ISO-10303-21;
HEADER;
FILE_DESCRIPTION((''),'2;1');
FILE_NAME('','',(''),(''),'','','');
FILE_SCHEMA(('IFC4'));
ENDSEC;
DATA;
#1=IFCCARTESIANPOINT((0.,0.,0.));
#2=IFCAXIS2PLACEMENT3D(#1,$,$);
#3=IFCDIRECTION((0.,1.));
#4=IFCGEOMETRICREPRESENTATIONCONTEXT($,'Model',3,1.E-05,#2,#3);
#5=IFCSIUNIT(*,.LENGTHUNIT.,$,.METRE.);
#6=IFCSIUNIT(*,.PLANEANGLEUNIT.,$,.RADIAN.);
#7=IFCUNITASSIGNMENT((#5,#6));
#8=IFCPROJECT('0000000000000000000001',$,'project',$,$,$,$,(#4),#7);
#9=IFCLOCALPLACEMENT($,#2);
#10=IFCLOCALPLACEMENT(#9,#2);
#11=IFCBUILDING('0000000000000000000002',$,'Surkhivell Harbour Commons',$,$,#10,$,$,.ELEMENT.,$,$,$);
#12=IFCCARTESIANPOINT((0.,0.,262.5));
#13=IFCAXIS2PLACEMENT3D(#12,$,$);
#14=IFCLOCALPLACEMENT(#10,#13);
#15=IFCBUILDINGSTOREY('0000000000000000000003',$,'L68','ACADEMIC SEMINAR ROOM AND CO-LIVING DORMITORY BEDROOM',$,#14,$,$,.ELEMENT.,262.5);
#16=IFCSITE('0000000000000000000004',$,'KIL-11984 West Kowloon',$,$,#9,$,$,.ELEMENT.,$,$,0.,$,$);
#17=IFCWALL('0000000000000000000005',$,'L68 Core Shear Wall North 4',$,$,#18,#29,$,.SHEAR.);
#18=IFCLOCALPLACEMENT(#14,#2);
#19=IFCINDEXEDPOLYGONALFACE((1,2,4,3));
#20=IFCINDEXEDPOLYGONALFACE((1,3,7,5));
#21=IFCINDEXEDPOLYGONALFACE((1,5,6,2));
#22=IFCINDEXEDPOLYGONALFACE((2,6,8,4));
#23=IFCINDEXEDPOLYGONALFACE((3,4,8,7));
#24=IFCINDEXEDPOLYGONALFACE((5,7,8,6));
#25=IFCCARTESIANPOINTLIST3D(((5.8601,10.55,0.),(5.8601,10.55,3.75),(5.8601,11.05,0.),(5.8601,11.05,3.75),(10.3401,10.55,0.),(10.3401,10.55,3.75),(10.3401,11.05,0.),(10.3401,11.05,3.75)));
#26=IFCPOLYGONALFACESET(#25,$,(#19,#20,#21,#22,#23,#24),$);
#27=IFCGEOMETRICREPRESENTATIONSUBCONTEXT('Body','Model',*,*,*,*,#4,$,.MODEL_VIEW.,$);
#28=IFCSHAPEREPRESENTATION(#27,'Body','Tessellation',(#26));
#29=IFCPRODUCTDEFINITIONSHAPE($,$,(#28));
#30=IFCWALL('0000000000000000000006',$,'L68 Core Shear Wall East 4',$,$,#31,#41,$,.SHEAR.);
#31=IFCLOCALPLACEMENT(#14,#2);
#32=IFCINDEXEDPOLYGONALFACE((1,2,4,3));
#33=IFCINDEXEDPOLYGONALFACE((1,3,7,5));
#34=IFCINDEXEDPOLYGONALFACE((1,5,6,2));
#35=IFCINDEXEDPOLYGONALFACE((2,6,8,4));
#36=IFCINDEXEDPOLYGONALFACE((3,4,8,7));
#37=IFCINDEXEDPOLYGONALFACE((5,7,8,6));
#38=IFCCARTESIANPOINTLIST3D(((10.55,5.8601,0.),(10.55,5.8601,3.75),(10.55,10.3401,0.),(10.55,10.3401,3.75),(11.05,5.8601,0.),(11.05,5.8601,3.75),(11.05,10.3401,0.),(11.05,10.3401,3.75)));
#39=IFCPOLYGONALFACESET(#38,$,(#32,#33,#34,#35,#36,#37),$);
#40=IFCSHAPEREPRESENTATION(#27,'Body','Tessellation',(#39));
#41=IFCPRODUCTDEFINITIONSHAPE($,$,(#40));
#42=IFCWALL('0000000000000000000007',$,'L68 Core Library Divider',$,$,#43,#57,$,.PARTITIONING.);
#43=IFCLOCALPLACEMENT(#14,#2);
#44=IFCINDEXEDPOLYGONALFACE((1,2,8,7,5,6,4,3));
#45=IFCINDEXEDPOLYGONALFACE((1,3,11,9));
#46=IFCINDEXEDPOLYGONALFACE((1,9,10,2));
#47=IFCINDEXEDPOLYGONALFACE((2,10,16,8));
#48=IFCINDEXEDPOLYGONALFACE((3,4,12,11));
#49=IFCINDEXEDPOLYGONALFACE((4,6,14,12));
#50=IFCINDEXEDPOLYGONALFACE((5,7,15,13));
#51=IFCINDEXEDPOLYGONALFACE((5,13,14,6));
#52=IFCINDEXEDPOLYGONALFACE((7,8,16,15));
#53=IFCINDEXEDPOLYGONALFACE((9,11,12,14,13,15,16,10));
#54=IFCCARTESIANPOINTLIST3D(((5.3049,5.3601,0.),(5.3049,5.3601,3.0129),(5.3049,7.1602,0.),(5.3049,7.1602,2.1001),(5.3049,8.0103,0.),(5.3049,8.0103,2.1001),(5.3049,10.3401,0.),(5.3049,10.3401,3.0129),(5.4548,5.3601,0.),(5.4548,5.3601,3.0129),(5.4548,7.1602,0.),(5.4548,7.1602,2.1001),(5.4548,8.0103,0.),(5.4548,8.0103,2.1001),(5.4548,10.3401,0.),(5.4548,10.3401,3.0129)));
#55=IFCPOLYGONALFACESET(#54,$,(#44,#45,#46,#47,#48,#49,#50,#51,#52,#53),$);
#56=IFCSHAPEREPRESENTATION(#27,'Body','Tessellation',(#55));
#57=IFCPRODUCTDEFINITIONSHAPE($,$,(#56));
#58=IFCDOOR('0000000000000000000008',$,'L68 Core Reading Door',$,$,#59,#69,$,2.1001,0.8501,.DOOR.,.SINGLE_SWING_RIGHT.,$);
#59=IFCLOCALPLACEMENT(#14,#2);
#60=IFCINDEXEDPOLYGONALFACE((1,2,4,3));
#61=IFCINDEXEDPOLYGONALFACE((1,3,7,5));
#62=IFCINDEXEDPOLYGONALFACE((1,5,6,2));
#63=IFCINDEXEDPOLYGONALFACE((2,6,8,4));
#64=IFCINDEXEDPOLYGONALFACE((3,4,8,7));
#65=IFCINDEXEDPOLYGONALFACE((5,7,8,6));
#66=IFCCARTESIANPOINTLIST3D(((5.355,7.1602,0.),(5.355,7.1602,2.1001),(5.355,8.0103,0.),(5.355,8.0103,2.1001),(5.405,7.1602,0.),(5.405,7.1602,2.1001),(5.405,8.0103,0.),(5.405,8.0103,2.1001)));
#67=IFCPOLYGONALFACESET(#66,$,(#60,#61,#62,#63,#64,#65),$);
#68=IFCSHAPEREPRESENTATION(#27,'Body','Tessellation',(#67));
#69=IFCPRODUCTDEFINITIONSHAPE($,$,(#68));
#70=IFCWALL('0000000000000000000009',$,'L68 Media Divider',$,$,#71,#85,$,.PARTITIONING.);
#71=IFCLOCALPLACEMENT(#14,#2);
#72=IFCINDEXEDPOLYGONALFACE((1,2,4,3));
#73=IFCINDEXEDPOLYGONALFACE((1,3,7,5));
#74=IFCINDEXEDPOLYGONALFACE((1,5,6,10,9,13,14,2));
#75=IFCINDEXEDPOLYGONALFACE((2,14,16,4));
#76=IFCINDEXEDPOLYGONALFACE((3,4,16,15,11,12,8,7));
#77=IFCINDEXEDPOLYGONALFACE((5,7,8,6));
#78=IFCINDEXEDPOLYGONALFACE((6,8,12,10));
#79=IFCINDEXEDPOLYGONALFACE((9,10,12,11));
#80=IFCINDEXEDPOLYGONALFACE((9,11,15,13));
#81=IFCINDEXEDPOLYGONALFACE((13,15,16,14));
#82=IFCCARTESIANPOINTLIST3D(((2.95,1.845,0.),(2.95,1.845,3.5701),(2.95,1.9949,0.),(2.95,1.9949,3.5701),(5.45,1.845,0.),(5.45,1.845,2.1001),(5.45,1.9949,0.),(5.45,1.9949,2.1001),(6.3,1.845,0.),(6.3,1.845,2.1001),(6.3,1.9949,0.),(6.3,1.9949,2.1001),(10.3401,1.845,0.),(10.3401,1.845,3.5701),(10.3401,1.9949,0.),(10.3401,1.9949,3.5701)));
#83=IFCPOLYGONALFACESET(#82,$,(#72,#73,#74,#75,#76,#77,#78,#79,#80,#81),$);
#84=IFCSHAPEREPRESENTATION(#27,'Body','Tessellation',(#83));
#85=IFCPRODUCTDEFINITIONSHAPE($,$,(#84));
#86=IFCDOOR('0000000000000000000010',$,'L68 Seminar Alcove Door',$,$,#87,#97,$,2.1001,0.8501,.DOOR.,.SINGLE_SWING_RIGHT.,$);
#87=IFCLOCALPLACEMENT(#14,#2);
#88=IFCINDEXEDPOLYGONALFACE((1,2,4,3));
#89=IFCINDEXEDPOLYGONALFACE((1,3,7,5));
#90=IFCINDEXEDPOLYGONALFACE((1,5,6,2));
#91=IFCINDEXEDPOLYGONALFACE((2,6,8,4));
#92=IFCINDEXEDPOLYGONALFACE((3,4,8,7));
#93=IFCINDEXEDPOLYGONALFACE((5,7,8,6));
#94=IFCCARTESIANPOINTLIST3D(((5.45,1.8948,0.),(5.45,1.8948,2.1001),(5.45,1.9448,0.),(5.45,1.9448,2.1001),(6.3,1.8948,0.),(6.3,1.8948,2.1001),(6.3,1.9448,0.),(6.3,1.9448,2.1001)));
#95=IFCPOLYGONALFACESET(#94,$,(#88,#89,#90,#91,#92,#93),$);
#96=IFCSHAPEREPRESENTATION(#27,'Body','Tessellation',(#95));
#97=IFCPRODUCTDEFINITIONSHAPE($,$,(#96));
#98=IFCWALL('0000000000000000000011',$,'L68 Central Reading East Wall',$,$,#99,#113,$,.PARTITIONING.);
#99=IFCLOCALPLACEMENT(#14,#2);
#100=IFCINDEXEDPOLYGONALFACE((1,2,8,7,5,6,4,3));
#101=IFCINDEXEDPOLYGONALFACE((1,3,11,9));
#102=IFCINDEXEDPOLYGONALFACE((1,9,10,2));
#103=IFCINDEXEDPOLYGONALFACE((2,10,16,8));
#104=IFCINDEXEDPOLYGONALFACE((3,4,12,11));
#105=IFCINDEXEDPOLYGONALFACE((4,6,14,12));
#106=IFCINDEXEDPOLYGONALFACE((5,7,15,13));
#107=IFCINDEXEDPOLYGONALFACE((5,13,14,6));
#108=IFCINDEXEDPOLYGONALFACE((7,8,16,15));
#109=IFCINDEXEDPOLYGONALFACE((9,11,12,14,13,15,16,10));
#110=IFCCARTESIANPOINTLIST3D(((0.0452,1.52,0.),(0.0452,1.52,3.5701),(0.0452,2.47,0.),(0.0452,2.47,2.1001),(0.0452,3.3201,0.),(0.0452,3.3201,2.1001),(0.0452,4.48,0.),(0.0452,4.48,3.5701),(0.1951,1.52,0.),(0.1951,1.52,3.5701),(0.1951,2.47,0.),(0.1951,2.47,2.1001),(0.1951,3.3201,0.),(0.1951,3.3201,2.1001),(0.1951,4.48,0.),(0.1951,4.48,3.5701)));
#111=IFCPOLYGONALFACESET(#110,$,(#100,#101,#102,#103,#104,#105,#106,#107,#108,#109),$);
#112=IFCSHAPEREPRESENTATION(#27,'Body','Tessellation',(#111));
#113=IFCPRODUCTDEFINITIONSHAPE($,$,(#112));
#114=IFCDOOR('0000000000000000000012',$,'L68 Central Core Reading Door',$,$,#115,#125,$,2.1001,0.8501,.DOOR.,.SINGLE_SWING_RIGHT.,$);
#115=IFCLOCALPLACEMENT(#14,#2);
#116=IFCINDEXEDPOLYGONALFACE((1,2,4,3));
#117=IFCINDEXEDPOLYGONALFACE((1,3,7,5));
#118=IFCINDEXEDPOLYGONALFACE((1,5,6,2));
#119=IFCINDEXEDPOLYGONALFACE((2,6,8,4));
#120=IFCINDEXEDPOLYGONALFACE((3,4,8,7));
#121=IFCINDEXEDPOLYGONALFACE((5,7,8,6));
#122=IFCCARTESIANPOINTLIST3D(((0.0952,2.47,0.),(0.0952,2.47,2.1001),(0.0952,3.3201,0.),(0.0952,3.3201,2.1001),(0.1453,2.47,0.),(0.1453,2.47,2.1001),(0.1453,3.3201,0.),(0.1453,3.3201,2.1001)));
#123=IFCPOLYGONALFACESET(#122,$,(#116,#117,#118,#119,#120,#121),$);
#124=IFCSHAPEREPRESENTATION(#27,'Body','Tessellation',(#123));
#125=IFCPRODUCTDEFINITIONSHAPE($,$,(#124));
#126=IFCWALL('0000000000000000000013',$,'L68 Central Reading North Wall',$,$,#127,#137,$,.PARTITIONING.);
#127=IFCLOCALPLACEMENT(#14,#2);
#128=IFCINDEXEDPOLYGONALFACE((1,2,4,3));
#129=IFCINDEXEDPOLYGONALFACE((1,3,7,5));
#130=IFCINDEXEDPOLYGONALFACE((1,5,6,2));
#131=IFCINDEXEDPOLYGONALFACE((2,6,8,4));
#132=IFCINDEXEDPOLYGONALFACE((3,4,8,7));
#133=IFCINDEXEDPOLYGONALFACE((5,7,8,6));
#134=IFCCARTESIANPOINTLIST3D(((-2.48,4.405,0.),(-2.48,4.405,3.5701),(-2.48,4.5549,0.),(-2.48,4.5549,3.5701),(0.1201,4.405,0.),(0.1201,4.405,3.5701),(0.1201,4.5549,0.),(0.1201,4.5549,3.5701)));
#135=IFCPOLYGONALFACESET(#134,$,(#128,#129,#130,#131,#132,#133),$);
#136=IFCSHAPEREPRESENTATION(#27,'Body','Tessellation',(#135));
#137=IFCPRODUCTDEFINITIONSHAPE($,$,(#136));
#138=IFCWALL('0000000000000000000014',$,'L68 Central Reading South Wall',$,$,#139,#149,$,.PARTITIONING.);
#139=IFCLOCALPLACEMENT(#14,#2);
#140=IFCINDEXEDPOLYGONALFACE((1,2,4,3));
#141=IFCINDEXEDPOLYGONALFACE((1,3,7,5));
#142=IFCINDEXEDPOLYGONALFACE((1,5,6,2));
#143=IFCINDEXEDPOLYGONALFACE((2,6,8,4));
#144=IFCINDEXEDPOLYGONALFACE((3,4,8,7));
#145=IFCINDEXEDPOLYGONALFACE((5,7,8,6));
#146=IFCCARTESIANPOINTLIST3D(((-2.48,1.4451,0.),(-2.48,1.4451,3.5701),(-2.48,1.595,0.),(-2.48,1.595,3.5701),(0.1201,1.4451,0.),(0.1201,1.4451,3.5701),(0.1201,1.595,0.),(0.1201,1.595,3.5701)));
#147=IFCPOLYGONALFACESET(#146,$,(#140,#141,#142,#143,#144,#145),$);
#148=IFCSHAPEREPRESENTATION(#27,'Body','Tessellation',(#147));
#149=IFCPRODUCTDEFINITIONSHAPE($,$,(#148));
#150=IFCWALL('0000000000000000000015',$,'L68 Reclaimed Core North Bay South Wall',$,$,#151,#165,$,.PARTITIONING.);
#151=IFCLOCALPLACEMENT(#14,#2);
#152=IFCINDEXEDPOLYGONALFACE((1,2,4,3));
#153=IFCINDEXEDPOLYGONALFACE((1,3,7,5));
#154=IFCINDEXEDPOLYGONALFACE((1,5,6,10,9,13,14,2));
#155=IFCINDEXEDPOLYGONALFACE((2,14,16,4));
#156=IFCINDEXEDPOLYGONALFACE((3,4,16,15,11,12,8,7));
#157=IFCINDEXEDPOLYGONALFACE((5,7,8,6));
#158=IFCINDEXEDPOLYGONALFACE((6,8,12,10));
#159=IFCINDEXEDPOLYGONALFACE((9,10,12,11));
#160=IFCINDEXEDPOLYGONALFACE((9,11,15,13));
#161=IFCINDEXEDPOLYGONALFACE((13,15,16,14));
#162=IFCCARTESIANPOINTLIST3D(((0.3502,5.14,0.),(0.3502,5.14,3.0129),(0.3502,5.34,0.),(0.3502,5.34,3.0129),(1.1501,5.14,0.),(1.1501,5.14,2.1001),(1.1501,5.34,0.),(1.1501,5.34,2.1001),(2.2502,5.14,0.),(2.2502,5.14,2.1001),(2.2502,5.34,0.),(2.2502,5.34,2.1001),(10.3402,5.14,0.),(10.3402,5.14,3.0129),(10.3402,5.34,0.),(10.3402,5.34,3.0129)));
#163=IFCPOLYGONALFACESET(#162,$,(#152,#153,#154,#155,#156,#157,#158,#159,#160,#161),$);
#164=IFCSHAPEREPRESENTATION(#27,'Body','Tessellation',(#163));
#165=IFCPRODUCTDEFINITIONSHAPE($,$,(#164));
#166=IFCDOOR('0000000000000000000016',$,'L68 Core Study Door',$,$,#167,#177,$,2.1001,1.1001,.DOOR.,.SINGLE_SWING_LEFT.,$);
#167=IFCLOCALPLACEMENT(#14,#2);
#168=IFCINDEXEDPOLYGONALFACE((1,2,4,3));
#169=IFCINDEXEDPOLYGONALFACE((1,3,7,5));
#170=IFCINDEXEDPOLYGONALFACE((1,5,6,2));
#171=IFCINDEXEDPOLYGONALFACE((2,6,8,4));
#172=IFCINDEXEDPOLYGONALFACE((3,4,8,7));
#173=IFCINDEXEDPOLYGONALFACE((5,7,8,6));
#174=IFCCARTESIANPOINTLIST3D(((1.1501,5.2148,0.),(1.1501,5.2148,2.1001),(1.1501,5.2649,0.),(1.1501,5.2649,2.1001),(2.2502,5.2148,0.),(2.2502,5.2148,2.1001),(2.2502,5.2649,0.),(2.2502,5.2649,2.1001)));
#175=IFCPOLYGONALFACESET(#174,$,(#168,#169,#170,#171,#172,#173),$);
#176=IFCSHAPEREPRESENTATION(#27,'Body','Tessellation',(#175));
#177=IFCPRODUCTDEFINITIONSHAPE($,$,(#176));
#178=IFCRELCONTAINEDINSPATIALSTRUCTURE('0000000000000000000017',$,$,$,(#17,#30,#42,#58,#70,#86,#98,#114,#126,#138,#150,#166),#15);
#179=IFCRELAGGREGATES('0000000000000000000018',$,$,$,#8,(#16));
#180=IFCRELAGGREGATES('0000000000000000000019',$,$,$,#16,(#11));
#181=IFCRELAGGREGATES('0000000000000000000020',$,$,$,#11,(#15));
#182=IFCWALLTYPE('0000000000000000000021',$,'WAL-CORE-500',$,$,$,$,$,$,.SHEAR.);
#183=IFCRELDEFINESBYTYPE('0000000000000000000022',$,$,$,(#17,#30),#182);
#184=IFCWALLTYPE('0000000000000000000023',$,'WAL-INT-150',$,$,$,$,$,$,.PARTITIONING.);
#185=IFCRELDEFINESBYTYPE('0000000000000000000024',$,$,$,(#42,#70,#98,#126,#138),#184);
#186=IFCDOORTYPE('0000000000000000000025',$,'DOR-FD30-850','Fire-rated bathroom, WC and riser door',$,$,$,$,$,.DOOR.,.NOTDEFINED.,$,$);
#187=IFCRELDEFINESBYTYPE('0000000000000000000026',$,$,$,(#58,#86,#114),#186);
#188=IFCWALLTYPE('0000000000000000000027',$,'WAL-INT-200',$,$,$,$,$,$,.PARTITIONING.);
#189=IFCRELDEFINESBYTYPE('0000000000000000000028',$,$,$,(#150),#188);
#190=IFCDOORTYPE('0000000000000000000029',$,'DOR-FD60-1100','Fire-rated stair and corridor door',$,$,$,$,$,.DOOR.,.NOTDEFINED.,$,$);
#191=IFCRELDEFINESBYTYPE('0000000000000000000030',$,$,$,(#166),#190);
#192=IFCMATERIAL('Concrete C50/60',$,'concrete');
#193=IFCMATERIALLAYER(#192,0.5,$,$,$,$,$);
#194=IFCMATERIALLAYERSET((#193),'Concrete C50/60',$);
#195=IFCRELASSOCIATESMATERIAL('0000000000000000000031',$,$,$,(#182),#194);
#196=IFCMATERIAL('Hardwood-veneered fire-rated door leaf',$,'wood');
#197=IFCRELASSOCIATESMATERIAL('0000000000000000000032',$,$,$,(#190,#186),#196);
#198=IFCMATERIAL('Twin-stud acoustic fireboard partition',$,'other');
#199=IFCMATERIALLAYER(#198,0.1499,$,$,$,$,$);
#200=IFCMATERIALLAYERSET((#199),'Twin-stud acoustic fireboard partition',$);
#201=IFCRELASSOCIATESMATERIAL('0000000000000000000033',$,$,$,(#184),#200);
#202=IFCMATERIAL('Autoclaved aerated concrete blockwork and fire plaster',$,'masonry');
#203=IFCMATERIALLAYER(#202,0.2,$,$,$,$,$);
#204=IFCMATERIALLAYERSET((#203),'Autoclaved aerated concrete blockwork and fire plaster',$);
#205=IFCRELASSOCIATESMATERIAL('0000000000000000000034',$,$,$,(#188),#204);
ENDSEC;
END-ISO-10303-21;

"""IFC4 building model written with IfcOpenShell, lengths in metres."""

from ifc_helpers import new_model, si_unit, direction, frame, frame_2d, origin, place, context, subcontext, project, spatial, rectangle, extrude, material, layer, layer_set, type_object, element, fill, save


model = new_model("IFC4")

# Units and contexts
model_context = context("Model", 3, precision=1e-05, world=origin(), true_north=direction((0.0, 1.0)))
body_context = subcontext(model_context, "Body", "Model", "MODEL_VIEW")
ifc_project = project(units=[si_unit("LENGTHUNIT", "METRE"), si_unit("PLANEANGLEUNIT", "RADIAN")], contexts=[model_context])

# Site, building, storey
site_placement = place(None, origin())
site = spatial("IfcSite", under=ifc_project, at=site_placement, Name="KIL-11984 West Kowloon", CompositionType="ELEMENT", RefElevation=0.0)
building_placement = place(site_placement, origin())
building = spatial("IfcBuilding", under=site, at=building_placement, Name="Surkhivell Harbour Commons", CompositionType="ELEMENT")
storey_placement = place(building_placement, frame((0.0, 0.0, 262.5)))
storey = spatial("IfcBuildingStorey", under=building, at=storey_placement, Name="L68", Description="ACADEMIC SEMINAR ROOM AND CO-LIVING DORMITORY BEDROOM", CompositionType="ELEMENT", Elevation=262.5)

# Shared definitions
ifc_material_1 = material(Name="Concrete C50/60", Category="concrete")
ifc_layer_1 = layer(ifc_material_1, 0.5)
ifc_layer_set_1 = layer_set([ifc_layer_1], Name="Concrete C50/60")
wall_type_1 = type_object("IfcWallType", Name="WAL-CORE-500", PredefinedType="SHEAR", material=ifc_layer_set_1)
ifc_material_2 = material(Name="Hardwood-veneered fire-rated door leaf", Category="wood")
door_type_1 = type_object("IfcDoorType", Name="DOR-FD60-1100", Description="Fire-rated stair and corridor door", OperationType="NOTDEFINED", PredefinedType="DOOR", material=ifc_material_2)

# Walls
for number, where, z_axis, x_axis, name in (
    (1, (5.8601, 10.8, 0.0), (0.0, 0.0, 1.0), (1.0, 0.0, 0.0), "L68 Core Shear Wall North 4"),
    (2, (10.8, 5.8601, 0.0), (0.0, 0.0, 1.0), (0.0, 1.0, 0.0), "L68 Core Shear Wall East 4"),
):
    element("IfcWall", number, at=place(storey_placement, frame(where, z_axis=z_axis, x_axis=x_axis)), inside=storey, type_object=wall_type_1, Name=name, PredefinedType="SHEAR", context=body_context, shape_type="SweptSolid", body=[
        extrude(rectangle(XDim=4.48, YDim=0.5, at=frame_2d((2.24, 0.0))), origin(), (0.0, 0.0, 1.0), 3.75),
    ])

# Walls, openings, doors
ifc_material_3 = material(Name="Twin-stud acoustic fireboard partition", Category="other")
ifc_layer_2 = layer(ifc_material_3, 0.1499)
ifc_layer_set_2 = layer_set([ifc_layer_2], Name="Twin-stud acoustic fireboard partition")
wall_type_2 = type_object("IfcWallType", Name="WAL-INT-150", PredefinedType="PARTITIONING", material=ifc_layer_set_2)
wall_1_placement = place(storey_placement, frame((5.3799, 5.3601, 0.0), z_axis=(0.0, 0.0, 1.0), x_axis=(0.0, 1.0, 0.0)))
wall_1 = element("IfcWall", 3, at=wall_1_placement, inside=storey, type_object=wall_type_2, Name="L68 Core Library Divider", PredefinedType="PARTITIONING", context=body_context, shape_type="SweptSolid", body=[
    extrude(rectangle(XDim=4.98, YDim=0.1499, at=frame_2d((2.49, 0.0))), origin(), (0.0, 0.0, 1.0), 3.0129),
])
opening_1_placement = place(wall_1_placement, frame((1.8, 0.0, 0.0)))
opening_1 = element("IfcOpeningElement", 4, at=opening_1_placement, cuts=wall_1, PredefinedType="OPENING", context=body_context, shape_type="SweptSolid", body=[
    extrude(rectangle(XDim=0.8501, YDim=2.1001, at=frame_2d((0.425, 1.05))), frame((0.0, 0.085, 0.0), z_axis=(0.0, -1.0, 0.0), x_axis=(1.0, 0.0, 0.0)), (0.0, 0.0, 1.0), 0.1699),
])
door_type_2 = type_object("IfcDoorType", Name="DOR-FD30-850", Description="Fire-rated bathroom, WC and riser door", OperationType="NOTDEFINED", PredefinedType="DOOR", material=ifc_material_2)
door_1_placement = place(opening_1_placement, origin())
door_1 = element("IfcDoor", 5, at=door_1_placement, inside=storey, type_object=door_type_2, Name="L68 Core Reading Door", OperationType="SINGLE_SWING_RIGHT", OverallHeight=2.1001, OverallWidth=0.8501, PredefinedType="DOOR", context=body_context, shape_type="SweptSolid", body=[
    extrude(rectangle(XDim=0.8501, YDim=2.1001, at=frame_2d((0.425, 1.05))), frame((0.0, 0.0249, 0.0), z_axis=(0.0, -1.0, 0.0), x_axis=(1.0, 0.0, 0.0)), (0.0, 0.0, 1.0), 0.05),
])
fill(opening_1, door_1)
wall_2_placement = place(storey_placement, frame((2.95, 1.9199, 0.0), z_axis=(0.0, 0.0, 1.0), x_axis=(1.0, 0.0, 0.0)))
wall_2 = element("IfcWall", 6, at=wall_2_placement, inside=storey, type_object=wall_type_2, Name="L68 Media Divider", PredefinedType="PARTITIONING", context=body_context, shape_type="SweptSolid", body=[
    extrude(rectangle(XDim=7.3901, YDim=0.1499, at=frame_2d((3.6951, 0.0))), origin(), (0.0, 0.0, 1.0), 3.5701),
])
opening_2_placement = place(wall_2_placement, frame((2.5, 0.0, 0.0)))
opening_2 = element("IfcOpeningElement", 7, at=opening_2_placement, cuts=wall_2, PredefinedType="OPENING", context=body_context, shape_type="SweptSolid", body=[
    extrude(rectangle(XDim=0.8501, YDim=2.1001, at=frame_2d((0.425, 1.05))), frame((0.0, 0.085, 0.0), z_axis=(0.0, -1.0, 0.0), x_axis=(1.0, 0.0, 0.0)), (0.0, 0.0, 1.0), 0.1699),
])
door_2_placement = place(opening_2_placement, origin())
door_2 = element("IfcDoor", 8, at=door_2_placement, inside=storey, type_object=door_type_2, Name="L68 Seminar Alcove Door", OperationType="SINGLE_SWING_RIGHT", OverallHeight=2.1001, OverallWidth=0.8501, PredefinedType="DOOR", context=body_context, shape_type="SweptSolid", body=[
    extrude(rectangle(XDim=0.8501, YDim=2.1001, at=frame_2d((0.425, 1.05))), frame((0.0, 0.0249, 0.0), z_axis=(0.0, -1.0, 0.0), x_axis=(1.0, 0.0, 0.0)), (0.0, 0.0, 1.0), 0.05),
])
fill(opening_2, door_2)
wall_3_placement = place(storey_placement, frame((0.1201, 1.52, 0.0), z_axis=(0.0, 0.0, 1.0), x_axis=(0.0, 1.0, 0.0)))
wall_3 = element("IfcWall", 9, at=wall_3_placement, inside=storey, type_object=wall_type_2, Name="L68 Central Reading East Wall", PredefinedType="PARTITIONING", context=body_context, shape_type="SweptSolid", body=[
    extrude(rectangle(XDim=2.96, YDim=0.1499, at=frame_2d((1.48, 0.0))), origin(), (0.0, 0.0, 1.0), 3.5701),
])
opening_3_placement = place(wall_3_placement, frame((0.95, 0.0, 0.0)))
opening_3 = element("IfcOpeningElement", 10, at=opening_3_placement, cuts=wall_3, PredefinedType="OPENING", context=body_context, shape_type="SweptSolid", body=[
    extrude(rectangle(XDim=0.8501, YDim=2.1001, at=frame_2d((0.425, 1.05))), frame((0.0, 0.085, 0.0), z_axis=(0.0, -1.0, 0.0), x_axis=(1.0, 0.0, 0.0)), (0.0, 0.0, 1.0), 0.1699),
])
door_3_placement = place(opening_3_placement, origin())
door_3 = element("IfcDoor", 11, at=door_3_placement, inside=storey, type_object=door_type_2, Name="L68 Central Core Reading Door", OperationType="SINGLE_SWING_RIGHT", OverallHeight=2.1001, OverallWidth=0.8501, PredefinedType="DOOR", context=body_context, shape_type="SweptSolid", body=[
    extrude(rectangle(XDim=0.8501, YDim=2.1001, at=frame_2d((0.425, 1.05))), frame((0.0, 0.0249, 0.0), z_axis=(0.0, -1.0, 0.0), x_axis=(1.0, 0.0, 0.0)), (0.0, 0.0, 1.0), 0.05),
])
fill(opening_3, door_3)

# Walls
for number, where, z_axis, x_axis, name in (
    (12, (-2.48, 4.48, 0.0), (0.0, 0.0, 1.0), (1.0, 0.0, 0.0), "L68 Central Reading North Wall"),
    (13, (-2.48, 1.52, 0.0), (0.0, 0.0, 1.0), (1.0, 0.0, 0.0), "L68 Central Reading South Wall"),
):
    element("IfcWall", number, at=place(storey_placement, frame(where, z_axis=z_axis, x_axis=x_axis)), inside=storey, type_object=wall_type_2, Name=name, PredefinedType="PARTITIONING", context=body_context, shape_type="SweptSolid", body=[
        extrude(rectangle(XDim=2.6001, YDim=0.1499, at=frame_2d((1.3, 0.0))), origin(), (0.0, 0.0, 1.0), 3.5701),
    ])

# Wall, opening, door
ifc_material_4 = material(Name="Autoclaved aerated concrete blockwork and fire plaster", Category="masonry")
ifc_layer_3 = layer(ifc_material_4, 0.2)
ifc_layer_set_3 = layer_set([ifc_layer_3], Name="Autoclaved aerated concrete blockwork and fire plaster")
wall_type_3 = type_object("IfcWallType", Name="WAL-INT-200", PredefinedType="PARTITIONING", material=ifc_layer_set_3)
wall_4_placement = place(storey_placement, frame((0.3501, 5.24, 0.0), z_axis=(0.0, 0.0, 1.0), x_axis=(1.0, 0.0, 0.0)))
wall_4 = element("IfcWall", 14, at=wall_4_placement, inside=storey, type_object=wall_type_3, Name="L68 Reclaimed Core North Bay South Wall", PredefinedType="PARTITIONING", context=body_context, shape_type="SweptSolid", body=[
    extrude(rectangle(XDim=9.99, YDim=0.2, at=frame_2d((4.9951, 0.0))), origin(), (0.0, 0.0, 1.0), 3.0129),
])
opening_4_placement = place(wall_4_placement, frame((0.8, 0.0, 0.0)))
opening_4 = element("IfcOpeningElement", 15, at=opening_4_placement, cuts=wall_4, PredefinedType="OPENING", context=body_context, shape_type="SweptSolid", body=[
    extrude(rectangle(XDim=1.1001, YDim=2.1001, at=frame_2d((0.55, 1.05))), frame((0.0, 0.1099, 0.0), z_axis=(0.0, -1.0, 0.0), x_axis=(1.0, 0.0, 0.0)), (0.0, 0.0, 1.0), 0.22),
])
door_4_placement = place(opening_4_placement, origin())
door_4 = element("IfcDoor", 16, at=door_4_placement, inside=storey, type_object=door_type_1, Name="L68 Core Study Door", OperationType="SINGLE_SWING_LEFT", OverallHeight=2.1001, OverallWidth=1.1001, PredefinedType="DOOR", context=body_context, shape_type="SweptSolid", body=[
    extrude(rectangle(XDim=1.1001, YDim=2.1001, at=frame_2d((0.55, 1.05))), frame((0.0, 0.0249, 0.0), z_axis=(0.0, -1.0, 0.0), x_axis=(1.0, 0.0, 0.0)), (0.0, 0.0, 1.0), 0.05),
])
fill(opening_4, door_4)

save(model, "model.ifc")
